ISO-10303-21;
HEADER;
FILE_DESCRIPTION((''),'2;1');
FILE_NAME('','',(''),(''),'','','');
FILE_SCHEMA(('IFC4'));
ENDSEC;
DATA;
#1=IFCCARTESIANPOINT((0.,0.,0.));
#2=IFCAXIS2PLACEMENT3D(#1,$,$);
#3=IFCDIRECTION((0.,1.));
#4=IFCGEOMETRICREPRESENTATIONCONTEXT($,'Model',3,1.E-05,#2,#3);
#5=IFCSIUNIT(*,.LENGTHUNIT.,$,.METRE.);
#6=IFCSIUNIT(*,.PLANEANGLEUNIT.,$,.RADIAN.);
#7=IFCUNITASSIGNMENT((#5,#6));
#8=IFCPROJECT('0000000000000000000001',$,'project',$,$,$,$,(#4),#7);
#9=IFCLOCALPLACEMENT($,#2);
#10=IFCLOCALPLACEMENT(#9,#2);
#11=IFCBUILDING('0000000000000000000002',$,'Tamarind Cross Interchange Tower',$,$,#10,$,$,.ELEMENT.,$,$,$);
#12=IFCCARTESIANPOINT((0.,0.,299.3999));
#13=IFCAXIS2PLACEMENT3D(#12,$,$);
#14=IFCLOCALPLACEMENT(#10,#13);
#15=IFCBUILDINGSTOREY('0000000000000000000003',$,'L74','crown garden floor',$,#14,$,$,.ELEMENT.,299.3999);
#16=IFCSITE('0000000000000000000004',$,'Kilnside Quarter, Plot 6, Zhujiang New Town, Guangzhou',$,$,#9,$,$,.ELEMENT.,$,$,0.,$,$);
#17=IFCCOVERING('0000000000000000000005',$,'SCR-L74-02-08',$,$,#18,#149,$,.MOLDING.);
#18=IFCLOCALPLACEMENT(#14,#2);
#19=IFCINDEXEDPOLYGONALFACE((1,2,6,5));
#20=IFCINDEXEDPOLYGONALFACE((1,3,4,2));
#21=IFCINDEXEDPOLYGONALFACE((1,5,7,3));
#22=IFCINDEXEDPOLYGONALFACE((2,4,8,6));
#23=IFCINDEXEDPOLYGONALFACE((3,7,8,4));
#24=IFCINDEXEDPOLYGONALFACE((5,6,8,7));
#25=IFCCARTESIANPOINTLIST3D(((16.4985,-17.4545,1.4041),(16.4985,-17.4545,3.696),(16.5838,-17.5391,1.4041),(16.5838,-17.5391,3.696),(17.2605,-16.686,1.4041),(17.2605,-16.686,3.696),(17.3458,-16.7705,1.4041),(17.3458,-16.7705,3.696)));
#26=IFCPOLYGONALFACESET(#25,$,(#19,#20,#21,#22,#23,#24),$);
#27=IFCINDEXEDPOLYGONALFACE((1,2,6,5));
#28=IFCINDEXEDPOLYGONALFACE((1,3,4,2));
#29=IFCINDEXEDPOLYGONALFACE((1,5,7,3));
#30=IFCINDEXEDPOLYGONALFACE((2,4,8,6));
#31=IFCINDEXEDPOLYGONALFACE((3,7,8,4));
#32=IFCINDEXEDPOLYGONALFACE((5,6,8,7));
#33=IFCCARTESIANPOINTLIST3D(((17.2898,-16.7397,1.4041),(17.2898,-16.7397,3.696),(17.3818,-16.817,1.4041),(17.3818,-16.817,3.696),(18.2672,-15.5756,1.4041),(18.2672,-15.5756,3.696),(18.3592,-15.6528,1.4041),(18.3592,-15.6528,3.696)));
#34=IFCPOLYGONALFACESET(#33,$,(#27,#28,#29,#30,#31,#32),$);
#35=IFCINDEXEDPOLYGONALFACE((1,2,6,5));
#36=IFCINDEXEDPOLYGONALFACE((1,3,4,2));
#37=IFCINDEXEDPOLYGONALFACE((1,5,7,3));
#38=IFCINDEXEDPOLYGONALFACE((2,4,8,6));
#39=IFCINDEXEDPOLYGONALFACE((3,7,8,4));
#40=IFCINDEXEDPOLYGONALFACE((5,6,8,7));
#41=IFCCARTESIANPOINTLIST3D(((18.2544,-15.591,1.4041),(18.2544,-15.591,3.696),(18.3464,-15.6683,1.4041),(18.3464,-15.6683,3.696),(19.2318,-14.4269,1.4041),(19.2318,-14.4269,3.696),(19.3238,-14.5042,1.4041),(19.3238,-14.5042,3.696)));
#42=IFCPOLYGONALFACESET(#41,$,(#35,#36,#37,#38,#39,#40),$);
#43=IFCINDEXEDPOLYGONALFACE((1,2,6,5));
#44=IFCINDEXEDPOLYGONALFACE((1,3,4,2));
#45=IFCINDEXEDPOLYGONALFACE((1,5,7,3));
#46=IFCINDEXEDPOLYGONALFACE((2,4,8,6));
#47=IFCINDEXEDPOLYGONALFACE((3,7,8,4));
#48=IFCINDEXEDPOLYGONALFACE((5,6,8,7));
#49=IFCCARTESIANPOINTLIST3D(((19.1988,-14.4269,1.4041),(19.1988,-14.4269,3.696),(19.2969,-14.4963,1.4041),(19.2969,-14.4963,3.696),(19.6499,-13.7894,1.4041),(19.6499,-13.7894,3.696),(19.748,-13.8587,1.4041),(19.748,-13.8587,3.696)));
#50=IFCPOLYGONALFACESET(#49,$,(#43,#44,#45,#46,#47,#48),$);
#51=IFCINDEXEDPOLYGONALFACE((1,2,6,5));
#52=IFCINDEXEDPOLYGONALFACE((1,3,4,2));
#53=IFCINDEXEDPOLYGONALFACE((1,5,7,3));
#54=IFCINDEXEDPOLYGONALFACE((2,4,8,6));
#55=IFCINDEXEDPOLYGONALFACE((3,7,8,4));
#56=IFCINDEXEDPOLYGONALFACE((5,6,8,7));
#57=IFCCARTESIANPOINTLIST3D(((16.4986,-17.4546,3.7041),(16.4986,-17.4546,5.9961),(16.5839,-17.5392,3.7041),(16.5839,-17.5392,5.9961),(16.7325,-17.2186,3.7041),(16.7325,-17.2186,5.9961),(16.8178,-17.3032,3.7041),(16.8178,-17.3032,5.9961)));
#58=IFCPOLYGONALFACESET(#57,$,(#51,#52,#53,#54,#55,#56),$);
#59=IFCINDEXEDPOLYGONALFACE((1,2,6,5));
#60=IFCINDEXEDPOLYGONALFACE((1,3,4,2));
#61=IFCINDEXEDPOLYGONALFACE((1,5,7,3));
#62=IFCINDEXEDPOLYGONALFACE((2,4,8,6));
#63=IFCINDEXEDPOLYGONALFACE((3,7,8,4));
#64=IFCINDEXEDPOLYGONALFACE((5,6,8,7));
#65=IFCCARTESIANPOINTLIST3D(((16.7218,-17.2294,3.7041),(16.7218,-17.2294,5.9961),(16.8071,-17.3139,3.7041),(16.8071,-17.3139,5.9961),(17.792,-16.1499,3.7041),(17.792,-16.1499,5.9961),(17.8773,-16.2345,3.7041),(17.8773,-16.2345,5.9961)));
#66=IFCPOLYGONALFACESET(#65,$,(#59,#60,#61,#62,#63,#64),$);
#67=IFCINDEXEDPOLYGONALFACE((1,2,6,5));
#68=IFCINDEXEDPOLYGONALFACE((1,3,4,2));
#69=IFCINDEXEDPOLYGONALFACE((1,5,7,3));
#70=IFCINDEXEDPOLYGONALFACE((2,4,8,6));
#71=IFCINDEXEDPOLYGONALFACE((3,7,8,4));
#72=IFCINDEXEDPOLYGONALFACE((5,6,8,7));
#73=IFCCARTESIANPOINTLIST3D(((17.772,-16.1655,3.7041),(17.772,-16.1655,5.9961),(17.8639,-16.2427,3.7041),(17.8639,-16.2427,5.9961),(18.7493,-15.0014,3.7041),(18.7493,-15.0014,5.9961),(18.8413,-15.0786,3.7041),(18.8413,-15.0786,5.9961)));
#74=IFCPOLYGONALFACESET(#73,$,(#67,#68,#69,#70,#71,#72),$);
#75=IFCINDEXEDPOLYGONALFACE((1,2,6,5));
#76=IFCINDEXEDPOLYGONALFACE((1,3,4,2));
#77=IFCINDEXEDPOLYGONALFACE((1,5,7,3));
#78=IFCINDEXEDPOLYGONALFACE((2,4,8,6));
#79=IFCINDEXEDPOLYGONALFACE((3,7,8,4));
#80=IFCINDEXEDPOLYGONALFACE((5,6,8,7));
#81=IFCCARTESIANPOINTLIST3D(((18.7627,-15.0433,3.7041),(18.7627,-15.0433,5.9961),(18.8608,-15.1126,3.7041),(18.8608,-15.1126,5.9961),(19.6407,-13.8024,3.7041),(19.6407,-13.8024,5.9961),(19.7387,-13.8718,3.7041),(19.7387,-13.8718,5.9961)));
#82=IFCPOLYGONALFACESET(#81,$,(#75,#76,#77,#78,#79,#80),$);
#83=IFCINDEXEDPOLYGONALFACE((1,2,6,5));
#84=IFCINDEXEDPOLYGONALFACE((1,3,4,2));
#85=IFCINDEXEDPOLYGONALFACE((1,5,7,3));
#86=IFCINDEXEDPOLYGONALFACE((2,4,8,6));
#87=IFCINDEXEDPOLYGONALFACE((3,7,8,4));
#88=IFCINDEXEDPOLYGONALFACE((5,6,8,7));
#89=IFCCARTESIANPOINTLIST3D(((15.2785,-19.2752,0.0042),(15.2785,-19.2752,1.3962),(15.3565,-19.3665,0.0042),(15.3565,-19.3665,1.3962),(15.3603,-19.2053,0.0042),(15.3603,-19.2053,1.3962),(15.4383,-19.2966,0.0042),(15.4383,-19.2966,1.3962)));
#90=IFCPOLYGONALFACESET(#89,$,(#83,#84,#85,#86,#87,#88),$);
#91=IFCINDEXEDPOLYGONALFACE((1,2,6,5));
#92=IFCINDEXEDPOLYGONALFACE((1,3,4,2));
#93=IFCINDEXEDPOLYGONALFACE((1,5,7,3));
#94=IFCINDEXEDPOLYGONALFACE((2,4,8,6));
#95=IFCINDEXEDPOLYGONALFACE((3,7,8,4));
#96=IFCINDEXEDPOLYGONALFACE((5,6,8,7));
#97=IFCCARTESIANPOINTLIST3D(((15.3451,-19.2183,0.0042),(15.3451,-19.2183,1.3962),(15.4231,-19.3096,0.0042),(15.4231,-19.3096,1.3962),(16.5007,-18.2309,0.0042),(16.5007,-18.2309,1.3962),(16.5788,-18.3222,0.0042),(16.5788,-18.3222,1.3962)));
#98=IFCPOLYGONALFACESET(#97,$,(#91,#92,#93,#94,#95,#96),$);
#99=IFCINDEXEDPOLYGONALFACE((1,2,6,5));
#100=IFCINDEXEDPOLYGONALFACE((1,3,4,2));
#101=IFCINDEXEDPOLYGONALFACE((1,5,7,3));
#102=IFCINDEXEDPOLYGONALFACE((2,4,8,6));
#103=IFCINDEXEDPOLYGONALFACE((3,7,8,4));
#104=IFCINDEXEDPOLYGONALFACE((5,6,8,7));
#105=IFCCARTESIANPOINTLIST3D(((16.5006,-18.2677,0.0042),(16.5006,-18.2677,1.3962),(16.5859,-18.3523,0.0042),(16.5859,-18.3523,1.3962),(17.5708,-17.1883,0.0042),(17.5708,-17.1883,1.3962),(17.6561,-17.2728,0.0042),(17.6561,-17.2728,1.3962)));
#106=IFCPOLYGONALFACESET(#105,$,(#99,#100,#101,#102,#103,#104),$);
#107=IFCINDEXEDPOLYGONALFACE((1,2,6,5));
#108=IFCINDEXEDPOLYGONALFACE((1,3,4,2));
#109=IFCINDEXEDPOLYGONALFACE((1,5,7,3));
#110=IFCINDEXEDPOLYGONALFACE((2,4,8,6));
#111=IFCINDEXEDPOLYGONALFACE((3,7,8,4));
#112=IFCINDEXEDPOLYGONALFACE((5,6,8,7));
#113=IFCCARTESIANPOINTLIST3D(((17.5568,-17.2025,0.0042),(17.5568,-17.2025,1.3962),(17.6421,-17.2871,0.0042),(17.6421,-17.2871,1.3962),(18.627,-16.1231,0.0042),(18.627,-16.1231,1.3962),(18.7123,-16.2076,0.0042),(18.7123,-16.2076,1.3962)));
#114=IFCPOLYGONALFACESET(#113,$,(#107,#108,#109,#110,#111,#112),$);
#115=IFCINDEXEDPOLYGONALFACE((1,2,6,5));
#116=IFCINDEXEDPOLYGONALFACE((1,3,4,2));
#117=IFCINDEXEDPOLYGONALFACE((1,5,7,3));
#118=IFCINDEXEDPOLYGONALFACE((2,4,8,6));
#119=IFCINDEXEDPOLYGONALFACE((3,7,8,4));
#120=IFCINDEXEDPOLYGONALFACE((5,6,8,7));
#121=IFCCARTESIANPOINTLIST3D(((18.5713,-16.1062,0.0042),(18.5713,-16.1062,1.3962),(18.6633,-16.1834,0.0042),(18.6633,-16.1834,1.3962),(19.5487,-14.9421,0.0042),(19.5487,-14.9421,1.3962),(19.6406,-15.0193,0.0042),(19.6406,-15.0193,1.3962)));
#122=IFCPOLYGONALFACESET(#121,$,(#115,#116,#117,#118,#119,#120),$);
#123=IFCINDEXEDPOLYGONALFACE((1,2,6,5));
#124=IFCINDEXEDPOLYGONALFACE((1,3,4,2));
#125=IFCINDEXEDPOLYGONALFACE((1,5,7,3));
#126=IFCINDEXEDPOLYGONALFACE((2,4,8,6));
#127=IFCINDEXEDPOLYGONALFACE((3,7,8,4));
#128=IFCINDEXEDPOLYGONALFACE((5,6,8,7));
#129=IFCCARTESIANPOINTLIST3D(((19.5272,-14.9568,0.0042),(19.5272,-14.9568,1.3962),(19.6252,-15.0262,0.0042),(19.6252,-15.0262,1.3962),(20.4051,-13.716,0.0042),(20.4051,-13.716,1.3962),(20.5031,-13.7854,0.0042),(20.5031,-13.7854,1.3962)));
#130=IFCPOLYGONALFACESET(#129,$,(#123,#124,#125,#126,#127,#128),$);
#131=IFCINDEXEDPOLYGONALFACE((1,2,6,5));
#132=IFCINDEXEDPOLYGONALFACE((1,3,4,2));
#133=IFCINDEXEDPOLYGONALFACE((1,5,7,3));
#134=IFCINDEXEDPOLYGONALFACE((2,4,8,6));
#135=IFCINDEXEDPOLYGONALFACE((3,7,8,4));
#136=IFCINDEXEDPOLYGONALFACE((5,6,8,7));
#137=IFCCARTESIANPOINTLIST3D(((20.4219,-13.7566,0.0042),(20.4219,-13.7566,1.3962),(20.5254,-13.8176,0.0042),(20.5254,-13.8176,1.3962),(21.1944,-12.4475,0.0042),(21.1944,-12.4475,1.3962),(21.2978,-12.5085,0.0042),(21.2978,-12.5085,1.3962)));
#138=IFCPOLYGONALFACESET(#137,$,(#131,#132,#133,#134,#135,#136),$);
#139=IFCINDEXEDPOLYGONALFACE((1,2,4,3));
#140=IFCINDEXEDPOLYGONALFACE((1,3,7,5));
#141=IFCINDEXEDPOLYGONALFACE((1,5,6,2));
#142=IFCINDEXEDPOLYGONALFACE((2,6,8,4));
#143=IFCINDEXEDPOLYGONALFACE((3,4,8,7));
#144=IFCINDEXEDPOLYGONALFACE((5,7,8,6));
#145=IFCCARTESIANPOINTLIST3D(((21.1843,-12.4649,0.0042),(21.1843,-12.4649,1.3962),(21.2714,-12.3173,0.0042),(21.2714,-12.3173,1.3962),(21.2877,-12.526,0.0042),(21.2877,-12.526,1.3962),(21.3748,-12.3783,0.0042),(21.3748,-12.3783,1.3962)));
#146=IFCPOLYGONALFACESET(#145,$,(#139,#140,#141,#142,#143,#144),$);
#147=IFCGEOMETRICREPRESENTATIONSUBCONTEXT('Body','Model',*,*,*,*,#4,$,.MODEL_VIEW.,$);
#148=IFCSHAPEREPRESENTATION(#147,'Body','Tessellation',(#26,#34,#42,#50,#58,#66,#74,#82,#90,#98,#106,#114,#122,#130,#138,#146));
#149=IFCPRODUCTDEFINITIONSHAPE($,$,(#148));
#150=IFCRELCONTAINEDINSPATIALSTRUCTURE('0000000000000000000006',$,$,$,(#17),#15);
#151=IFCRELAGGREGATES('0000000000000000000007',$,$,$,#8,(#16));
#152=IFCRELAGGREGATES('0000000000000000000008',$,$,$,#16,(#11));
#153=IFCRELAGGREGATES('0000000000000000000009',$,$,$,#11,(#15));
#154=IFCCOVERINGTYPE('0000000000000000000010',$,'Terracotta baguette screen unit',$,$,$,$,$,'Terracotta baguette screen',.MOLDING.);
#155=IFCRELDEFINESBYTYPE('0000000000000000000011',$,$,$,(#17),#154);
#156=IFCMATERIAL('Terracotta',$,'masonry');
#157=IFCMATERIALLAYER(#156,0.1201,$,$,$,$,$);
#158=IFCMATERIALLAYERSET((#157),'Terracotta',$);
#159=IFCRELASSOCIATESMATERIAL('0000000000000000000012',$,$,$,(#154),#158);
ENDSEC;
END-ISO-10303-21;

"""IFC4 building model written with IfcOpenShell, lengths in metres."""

from ifc_helpers import new_model, si_unit, direction, frame, origin, origin_2d, place, context, subcontext, project, spatial, rectangle, extrude, material, layer, layer_set, type_object, element, save


model = new_model("IFC4")

# Units and contexts
model_context = context("Model", 3, precision=1e-05, world=origin(), true_north=direction((0.0, 1.0)))
body_context = subcontext(model_context, "Body", "Model", "MODEL_VIEW")
ifc_project = project(units=[si_unit("LENGTHUNIT", "METRE"), si_unit("PLANEANGLEUNIT", "RADIAN")], contexts=[model_context])

# Site, building, storey
site_placement = place(None, origin())
site = spatial("IfcSite", under=ifc_project, at=site_placement, Name="Kilnside Quarter, Plot 6, Zhujiang New Town, Guangzhou", CompositionType="ELEMENT", RefElevation=0.0)
building_placement = place(site_placement, origin())
building = spatial("IfcBuilding", under=site, at=building_placement, Name="Tamarind Cross Interchange Tower", CompositionType="ELEMENT")
storey_placement = place(building_placement, frame((0.0, 0.0, 299.3999)))
storey = spatial("IfcBuildingStorey", under=building, at=storey_placement, Name="L74", Description="crown garden floor", CompositionType="ELEMENT", Elevation=299.3999)

# Covering
ifc_material_1 = material(Name="Terracotta", Category="masonry")
ifc_layer_1 = layer(ifc_material_1, 0.1201)
ifc_layer_set_1 = layer_set([ifc_layer_1], Name="Terracotta")
covering_type = type_object("IfcCoveringType", Name="Terracotta baguette screen unit", ElementType="Terracotta baguette screen", PredefinedType="MOLDING", material=ifc_layer_set_1)
covering_1_placement = place(storey_placement, origin())
element("IfcCovering", 1, at=covering_1_placement, inside=storey, type_object=covering_type, Name="SCR-L74-02-08", PredefinedType="MOLDING", context=body_context, shape_type="SweptSolid", body=[
    extrude(rectangle(XDim=1.0823, YDim=0.1201, at=origin_2d()), frame((16.9221, -17.1125, 1.4041), z_axis=(0.0, 0.0, 1.0), x_axis=(0.704057, 0.710143, 0.0)), (0.0, 0.0, 1.0), 2.292),
    extrude(rectangle(XDim=1.52, YDim=0.1201, at=origin_2d()), frame((17.8245, -16.1963, 1.4041), z_axis=(0.0, 0.0, 1.0), x_axis=(0.643009, 0.765858, 0.0)), (0.0, 0.0, 1.0), 2.292),
    extrude(rectangle(XDim=1.52, YDim=0.1201, at=origin_2d()), frame((18.7891, -15.0476, 1.4041), z_axis=(0.0, 0.0, 1.0), x_axis=(0.643009, 0.765858, 0.0)), (0.0, 0.0, 1.0), 2.292),
    extrude(rectangle(XDim=0.781, YDim=0.1201, at=origin_2d()), frame((19.4734, -14.1428, 1.4041), z_axis=(0.0, 0.0, 1.0), x_axis=(0.577569, 0.816342, 0.0)), (0.0, 0.0, 1.0), 2.292),
    extrude(rectangle(XDim=0.3323, YDim=0.1201, at=origin_2d()), frame((16.6582, -17.3789, 3.7041), z_axis=(0.0, 0.0, 1.0), x_axis=(0.704057, 0.710143, 0.0)), (0.0, 0.0, 1.0), 2.292),
    extrude(rectangle(XDim=1.52, YDim=0.1201, at=origin_2d()), frame((17.2996, -16.7319, 3.7041), z_axis=(0.0, 0.0, 1.0), x_axis=(0.704057, 0.710143, 0.0)), (0.0, 0.0, 1.0), 2.292),
    extrude(rectangle(XDim=1.52, YDim=0.1201, at=origin_2d()), frame((18.3066, -15.6221, 3.7041), z_axis=(0.0, 0.0, 1.0), x_axis=(0.643009, 0.765858, 0.0)), (0.0, 0.0, 1.0), 2.292),
    extrude(rectangle(XDim=1.52, YDim=0.1201, at=origin_2d()), frame((19.2507, -14.4575, 3.7041), z_axis=(0.0, 0.0, 1.0), x_axis=(0.577569, 0.816342, 0.0)), (0.0, 0.0, 1.0), 2.292),
    extrude(rectangle(XDim=0.1077, YDim=0.1201, at=origin_2d()), frame((15.3584, -19.2859, 0.0042), z_axis=(0.0, 0.0, 1.0), x_axis=(0.760296, 0.649577, 0.0)), (0.0, 0.0, 1.0), 1.3921),
    extrude(rectangle(XDim=1.52, YDim=0.1201, at=origin_2d()), frame((15.9619, -18.7703, 0.0042), z_axis=(0.0, 0.0, 1.0), x_axis=(0.760296, 0.649577, 0.0)), (0.0, 0.0, 1.0), 1.3921),
    extrude(rectangle(XDim=1.52, YDim=0.1201, at=origin_2d()), frame((17.0784, -17.7703, 0.0042), z_axis=(0.0, 0.0, 1.0), x_axis=(0.704057, 0.710143, 0.0)), (0.0, 0.0, 1.0), 1.3921),
    extrude(rectangle(XDim=1.52, YDim=0.1201, at=origin_2d()), frame((18.1345, -16.7051, 0.0042), z_axis=(0.0, 0.0, 1.0), x_axis=(0.704057, 0.710143, 0.0)), (0.0, 0.0, 1.0), 1.3921),
    extrude(rectangle(XDim=1.52, YDim=0.1201, at=origin_2d()), frame((19.106, -15.5627, 0.0042), z_axis=(0.0, 0.0, 1.0), x_axis=(0.643009, 0.765858, 0.0)), (0.0, 0.0, 1.0), 1.3921),
    extrude(rectangle(XDim=1.52, YDim=0.1201, at=origin_2d()), frame((20.0151, -14.3711, 0.0042), z_axis=(0.0, 0.0, 1.0), x_axis=(0.577569, 0.816342, 0.0)), (0.0, 0.0, 1.0), 1.3921),
    extrude(rectangle(XDim=1.52, YDim=0.1201, at=origin_2d()), frame((20.8599, -13.1326, 0.0042), z_axis=(0.0, 0.0, 1.0), x_axis=(0.508183, 0.861249, 0.0)), (0.0, 0.0, 1.0), 1.3921),
    extrude(rectangle(XDim=0.1714, YDim=0.1201, at=origin_2d()), frame((21.2795, -12.4216, 0.0042), z_axis=(0.0, 0.0, 1.0), x_axis=(0.508183, 0.861249, 0.0)), (0.0, 0.0, 1.0), 1.3921),
])

save(model, "model.ifc")
